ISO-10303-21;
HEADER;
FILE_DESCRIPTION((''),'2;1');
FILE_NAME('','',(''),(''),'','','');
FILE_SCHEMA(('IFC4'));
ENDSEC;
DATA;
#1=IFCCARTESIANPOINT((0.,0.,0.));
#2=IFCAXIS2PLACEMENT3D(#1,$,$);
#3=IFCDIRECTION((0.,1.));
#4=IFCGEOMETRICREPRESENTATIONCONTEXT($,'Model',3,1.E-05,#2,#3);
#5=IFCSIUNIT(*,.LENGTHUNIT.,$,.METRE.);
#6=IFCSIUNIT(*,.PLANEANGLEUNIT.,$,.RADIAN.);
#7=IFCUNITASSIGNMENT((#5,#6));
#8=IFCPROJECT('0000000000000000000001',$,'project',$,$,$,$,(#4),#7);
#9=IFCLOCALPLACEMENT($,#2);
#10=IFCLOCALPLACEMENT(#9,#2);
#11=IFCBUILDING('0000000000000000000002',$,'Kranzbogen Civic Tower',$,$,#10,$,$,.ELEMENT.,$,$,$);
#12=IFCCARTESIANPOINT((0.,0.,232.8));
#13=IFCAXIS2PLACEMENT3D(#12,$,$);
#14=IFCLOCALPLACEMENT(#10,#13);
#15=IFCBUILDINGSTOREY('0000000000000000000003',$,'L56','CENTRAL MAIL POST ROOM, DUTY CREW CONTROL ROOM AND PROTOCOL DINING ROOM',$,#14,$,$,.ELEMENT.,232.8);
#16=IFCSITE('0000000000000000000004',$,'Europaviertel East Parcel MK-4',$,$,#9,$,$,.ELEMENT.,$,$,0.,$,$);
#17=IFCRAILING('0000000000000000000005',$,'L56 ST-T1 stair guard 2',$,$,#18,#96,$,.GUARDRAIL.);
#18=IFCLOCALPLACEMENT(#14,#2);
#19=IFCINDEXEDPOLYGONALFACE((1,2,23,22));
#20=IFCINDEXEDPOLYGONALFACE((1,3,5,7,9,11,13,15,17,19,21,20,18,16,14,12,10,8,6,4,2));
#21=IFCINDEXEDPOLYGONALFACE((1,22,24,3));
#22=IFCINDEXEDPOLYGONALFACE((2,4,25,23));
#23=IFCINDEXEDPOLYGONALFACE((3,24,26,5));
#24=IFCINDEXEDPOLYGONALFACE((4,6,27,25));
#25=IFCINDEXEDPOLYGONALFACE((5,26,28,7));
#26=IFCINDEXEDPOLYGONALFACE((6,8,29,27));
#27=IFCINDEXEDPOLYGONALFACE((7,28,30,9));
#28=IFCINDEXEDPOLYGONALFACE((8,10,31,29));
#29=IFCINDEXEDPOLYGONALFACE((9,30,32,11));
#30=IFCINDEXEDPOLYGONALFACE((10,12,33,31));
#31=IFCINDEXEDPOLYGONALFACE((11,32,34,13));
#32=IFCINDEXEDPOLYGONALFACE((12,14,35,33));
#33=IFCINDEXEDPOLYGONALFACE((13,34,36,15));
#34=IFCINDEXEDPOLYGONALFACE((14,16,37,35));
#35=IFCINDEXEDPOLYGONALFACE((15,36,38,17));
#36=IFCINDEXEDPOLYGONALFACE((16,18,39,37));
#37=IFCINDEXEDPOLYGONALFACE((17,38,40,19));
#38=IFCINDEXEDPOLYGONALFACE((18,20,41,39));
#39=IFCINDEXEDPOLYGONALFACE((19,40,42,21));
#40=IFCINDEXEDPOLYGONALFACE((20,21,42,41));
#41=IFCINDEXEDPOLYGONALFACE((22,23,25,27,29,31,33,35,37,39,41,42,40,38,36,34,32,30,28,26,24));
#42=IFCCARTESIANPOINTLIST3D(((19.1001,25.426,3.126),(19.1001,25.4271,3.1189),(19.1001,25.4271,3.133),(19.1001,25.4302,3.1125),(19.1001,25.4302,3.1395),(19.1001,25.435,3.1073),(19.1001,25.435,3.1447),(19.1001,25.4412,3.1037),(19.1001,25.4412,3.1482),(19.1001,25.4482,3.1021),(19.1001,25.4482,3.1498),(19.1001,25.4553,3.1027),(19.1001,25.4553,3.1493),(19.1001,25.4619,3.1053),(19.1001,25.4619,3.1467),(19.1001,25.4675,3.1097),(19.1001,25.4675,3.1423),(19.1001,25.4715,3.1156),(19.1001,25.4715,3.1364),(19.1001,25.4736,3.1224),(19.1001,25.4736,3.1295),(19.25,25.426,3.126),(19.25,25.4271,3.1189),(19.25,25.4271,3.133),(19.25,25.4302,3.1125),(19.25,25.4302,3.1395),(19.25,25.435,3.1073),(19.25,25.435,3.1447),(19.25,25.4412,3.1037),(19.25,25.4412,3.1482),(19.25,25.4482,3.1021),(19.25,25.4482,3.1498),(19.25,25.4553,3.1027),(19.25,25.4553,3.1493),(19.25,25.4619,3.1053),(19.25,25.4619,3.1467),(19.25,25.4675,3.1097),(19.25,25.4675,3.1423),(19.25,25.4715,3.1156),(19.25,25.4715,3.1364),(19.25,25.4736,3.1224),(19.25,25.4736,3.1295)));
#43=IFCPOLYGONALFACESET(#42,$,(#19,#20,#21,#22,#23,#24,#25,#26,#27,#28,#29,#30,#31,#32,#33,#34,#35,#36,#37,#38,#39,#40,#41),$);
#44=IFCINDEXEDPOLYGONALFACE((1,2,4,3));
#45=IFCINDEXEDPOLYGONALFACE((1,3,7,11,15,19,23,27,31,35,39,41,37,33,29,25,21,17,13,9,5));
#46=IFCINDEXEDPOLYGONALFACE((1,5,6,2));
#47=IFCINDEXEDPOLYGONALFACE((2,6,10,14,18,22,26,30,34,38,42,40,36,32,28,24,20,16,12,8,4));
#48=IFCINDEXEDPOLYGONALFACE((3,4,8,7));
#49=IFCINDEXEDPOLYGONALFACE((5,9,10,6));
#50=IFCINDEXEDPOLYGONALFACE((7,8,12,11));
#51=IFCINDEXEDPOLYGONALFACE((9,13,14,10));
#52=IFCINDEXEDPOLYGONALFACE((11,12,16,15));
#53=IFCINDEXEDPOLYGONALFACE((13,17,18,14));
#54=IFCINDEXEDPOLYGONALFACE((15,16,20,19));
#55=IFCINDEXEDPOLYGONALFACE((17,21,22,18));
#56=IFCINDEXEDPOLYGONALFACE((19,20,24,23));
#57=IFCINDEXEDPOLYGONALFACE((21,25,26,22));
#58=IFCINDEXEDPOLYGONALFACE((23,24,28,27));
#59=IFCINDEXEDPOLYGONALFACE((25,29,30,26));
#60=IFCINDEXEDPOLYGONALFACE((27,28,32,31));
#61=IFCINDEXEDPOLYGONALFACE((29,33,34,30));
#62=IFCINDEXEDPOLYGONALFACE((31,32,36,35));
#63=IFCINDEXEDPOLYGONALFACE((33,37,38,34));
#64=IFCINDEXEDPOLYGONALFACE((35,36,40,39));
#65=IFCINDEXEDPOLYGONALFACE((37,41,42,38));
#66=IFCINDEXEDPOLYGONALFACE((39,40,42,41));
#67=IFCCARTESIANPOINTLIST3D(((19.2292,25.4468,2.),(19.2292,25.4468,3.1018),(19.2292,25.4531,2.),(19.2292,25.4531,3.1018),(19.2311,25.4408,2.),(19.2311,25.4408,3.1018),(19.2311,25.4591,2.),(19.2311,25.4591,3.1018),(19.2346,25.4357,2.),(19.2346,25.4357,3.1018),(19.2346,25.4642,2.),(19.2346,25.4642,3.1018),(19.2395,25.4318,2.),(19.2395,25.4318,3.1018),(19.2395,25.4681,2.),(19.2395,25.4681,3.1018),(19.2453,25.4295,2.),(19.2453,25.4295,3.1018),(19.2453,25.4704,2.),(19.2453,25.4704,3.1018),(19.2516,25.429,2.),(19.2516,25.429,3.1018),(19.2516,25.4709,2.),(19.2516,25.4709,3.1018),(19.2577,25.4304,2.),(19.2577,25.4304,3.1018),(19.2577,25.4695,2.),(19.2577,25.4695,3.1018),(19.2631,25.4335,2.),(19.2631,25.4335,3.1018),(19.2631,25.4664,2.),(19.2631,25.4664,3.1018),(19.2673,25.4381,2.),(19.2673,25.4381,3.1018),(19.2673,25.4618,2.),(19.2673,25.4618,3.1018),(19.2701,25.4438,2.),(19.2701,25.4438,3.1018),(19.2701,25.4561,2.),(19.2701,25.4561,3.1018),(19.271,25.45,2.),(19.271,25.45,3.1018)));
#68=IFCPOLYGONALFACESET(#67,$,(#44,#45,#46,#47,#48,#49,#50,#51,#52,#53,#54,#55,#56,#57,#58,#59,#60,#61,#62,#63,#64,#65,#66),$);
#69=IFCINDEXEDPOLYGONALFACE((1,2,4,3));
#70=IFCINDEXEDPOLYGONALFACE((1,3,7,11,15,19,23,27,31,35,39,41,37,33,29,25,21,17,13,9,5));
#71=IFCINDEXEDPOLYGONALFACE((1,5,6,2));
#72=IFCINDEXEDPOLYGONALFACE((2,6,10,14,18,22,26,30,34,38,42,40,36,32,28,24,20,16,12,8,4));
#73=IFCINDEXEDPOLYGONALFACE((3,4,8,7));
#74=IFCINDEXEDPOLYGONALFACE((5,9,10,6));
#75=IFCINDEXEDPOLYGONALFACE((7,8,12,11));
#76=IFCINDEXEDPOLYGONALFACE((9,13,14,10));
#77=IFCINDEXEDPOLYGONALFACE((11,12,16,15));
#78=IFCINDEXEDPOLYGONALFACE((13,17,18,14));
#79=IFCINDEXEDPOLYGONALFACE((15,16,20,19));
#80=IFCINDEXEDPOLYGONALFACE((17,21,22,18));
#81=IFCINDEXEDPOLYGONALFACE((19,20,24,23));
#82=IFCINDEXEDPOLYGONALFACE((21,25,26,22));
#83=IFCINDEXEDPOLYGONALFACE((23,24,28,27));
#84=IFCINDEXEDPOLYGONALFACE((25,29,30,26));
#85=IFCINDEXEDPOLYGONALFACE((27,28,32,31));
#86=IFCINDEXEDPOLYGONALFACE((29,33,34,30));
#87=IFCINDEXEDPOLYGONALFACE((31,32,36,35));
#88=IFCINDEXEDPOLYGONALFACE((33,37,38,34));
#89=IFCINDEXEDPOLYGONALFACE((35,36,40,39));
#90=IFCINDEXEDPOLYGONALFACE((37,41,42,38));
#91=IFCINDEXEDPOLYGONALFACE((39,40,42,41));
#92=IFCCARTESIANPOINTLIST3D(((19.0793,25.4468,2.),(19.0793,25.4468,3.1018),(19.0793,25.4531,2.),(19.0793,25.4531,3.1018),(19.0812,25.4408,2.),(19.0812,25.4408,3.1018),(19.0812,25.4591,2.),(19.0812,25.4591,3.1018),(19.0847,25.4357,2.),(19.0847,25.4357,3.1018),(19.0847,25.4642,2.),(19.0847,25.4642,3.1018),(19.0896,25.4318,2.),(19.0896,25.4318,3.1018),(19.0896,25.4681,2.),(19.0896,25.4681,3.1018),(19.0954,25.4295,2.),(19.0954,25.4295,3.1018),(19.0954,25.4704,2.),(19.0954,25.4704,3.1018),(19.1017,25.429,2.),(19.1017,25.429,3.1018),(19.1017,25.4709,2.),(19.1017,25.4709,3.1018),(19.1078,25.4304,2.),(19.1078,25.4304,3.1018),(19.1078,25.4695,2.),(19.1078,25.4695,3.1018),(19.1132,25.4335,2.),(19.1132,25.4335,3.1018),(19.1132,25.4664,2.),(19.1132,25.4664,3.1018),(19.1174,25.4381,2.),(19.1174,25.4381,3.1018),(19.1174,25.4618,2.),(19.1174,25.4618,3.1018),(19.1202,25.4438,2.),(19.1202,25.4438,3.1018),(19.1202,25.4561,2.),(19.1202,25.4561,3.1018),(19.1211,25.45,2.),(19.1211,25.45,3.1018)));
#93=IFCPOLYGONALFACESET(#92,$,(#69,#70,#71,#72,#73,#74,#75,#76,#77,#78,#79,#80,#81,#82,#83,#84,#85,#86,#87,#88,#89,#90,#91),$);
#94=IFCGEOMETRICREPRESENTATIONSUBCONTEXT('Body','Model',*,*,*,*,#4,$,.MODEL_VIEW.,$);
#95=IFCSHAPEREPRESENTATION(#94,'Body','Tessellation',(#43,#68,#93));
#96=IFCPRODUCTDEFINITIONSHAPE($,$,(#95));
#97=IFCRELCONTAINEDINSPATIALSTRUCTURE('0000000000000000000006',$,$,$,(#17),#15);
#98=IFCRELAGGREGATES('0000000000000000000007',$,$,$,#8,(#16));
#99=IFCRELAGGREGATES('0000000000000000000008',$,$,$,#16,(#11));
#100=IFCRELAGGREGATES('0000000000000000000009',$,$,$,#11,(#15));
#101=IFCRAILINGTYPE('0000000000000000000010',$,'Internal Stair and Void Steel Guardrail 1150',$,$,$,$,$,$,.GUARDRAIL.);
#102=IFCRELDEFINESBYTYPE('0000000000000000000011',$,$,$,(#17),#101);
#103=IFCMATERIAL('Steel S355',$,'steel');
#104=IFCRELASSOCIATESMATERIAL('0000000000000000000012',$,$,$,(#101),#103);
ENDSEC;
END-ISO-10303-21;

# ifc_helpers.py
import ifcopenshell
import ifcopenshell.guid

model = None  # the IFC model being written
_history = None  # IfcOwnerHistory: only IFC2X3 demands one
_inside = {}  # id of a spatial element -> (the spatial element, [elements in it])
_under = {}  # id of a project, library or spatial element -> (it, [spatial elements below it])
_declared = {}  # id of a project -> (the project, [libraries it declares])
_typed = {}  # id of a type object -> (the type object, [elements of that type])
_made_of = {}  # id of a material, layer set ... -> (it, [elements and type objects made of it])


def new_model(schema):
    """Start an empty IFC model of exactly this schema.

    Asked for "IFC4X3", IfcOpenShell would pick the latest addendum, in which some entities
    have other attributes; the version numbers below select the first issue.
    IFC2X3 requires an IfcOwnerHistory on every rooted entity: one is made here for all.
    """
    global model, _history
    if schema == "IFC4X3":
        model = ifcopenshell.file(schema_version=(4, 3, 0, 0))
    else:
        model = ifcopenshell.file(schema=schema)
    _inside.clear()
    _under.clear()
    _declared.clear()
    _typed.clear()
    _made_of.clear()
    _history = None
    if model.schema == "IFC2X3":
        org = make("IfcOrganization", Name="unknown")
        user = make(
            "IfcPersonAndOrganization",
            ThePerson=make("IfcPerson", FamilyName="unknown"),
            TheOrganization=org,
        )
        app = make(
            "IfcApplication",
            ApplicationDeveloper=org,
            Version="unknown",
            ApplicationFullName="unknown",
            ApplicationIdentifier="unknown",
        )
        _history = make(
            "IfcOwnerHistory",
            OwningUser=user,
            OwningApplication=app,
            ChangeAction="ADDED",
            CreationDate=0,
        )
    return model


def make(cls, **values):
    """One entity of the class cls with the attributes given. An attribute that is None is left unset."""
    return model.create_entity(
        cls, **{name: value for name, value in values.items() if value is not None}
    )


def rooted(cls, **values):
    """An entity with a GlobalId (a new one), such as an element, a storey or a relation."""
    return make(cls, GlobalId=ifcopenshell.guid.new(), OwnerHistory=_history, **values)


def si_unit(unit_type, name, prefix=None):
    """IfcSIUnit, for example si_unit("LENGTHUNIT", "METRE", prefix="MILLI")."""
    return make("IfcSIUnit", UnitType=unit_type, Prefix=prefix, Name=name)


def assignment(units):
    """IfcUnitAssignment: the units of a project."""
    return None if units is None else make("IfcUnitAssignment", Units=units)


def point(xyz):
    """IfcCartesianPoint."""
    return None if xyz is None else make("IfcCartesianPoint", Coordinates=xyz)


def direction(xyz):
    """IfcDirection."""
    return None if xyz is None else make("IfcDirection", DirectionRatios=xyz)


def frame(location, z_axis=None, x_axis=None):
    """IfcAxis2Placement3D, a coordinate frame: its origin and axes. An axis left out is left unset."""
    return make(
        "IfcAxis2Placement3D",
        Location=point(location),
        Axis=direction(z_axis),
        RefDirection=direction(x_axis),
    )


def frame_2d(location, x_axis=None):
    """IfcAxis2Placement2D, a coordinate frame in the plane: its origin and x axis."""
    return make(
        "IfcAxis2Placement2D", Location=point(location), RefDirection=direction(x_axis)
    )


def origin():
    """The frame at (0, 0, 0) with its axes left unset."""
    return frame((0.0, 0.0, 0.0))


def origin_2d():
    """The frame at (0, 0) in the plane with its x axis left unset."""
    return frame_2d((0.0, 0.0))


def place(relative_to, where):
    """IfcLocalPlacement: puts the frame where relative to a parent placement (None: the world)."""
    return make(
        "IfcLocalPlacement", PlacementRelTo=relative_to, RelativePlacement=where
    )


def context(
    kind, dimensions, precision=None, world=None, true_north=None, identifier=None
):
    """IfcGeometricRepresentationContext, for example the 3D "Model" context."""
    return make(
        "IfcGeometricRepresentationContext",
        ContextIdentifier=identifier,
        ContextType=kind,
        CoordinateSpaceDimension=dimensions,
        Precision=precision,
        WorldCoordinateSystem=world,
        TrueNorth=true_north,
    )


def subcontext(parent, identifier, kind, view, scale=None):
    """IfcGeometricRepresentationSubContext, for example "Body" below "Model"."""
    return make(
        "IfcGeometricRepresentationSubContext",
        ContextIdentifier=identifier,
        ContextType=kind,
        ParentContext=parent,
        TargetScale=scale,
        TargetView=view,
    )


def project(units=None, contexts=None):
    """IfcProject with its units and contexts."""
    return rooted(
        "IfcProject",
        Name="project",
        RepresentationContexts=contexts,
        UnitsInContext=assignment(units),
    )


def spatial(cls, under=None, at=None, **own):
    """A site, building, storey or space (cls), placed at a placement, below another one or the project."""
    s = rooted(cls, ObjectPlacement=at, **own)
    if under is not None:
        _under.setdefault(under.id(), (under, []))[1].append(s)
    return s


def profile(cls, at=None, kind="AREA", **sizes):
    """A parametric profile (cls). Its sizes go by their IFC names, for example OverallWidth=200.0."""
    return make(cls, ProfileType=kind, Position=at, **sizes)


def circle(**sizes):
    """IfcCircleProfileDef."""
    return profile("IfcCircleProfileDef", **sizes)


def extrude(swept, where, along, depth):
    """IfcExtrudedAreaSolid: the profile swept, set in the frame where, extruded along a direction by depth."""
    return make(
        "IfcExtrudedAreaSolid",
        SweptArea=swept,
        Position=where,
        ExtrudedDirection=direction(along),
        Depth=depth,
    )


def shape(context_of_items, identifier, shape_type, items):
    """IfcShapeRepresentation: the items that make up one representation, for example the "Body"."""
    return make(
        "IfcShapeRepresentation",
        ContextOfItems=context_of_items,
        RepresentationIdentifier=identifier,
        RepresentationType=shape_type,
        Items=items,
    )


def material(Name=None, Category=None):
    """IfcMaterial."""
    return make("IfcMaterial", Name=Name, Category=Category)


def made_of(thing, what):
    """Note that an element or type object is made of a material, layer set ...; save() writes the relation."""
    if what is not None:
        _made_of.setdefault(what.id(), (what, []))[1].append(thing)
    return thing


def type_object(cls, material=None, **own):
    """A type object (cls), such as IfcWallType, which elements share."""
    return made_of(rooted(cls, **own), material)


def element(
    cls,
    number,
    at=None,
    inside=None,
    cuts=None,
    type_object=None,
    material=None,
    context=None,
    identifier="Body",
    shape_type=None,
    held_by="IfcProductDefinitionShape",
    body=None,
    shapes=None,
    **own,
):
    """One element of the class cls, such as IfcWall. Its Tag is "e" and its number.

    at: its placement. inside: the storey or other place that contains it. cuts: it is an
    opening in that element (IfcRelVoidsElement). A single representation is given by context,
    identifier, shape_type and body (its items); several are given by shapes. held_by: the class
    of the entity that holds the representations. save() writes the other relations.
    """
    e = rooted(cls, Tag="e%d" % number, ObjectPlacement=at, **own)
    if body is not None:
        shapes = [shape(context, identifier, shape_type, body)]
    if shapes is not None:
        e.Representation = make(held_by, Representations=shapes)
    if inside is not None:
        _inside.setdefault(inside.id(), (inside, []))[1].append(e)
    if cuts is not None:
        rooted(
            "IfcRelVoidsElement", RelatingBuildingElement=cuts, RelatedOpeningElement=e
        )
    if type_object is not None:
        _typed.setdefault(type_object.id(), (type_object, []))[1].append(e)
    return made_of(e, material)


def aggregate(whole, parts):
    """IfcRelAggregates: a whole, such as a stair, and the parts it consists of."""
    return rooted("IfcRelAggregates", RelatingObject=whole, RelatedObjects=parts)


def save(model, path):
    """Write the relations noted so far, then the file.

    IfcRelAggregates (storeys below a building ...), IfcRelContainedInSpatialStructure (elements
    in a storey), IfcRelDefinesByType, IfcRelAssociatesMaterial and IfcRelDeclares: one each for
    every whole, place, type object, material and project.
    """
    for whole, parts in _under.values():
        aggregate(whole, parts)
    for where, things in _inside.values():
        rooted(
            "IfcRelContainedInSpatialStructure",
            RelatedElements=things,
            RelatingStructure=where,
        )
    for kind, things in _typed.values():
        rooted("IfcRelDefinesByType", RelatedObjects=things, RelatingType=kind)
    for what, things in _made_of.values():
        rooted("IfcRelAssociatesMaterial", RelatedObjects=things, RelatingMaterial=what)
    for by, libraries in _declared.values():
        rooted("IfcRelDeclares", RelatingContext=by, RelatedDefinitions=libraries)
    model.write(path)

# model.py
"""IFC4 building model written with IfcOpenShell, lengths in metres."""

from ifc_helpers import new_model, si_unit, direction, frame, origin, origin_2d, place, context, subcontext, project, spatial, circle, extrude, material, type_object, element, save


model = new_model("IFC4")

# Units and contexts
model_context = context("Model", 3, precision=1e-05, world=origin(), true_north=direction((0.0, 1.0)))
body_context = subcontext(model_context, "Body", "Model", "MODEL_VIEW")
ifc_project = project(units=[si_unit("LENGTHUNIT", "METRE"), si_unit("PLANEANGLEUNIT", "RADIAN")], contexts=[model_context])

# Site, building, storey
site_placement = place(None, origin())
site = spatial("IfcSite", under=ifc_project, at=site_placement, Name="Europaviertel East Parcel MK-4", CompositionType="ELEMENT", RefElevation=0.0)
building_placement = place(site_placement, origin())
building = spatial("IfcBuilding", under=site, at=building_placement, Name="Kranzbogen Civic Tower", CompositionType="ELEMENT")
storey_placement = place(building_placement, frame((0.0, 0.0, 232.8)))
storey = spatial("IfcBuildingStorey", under=building, at=storey_placement, Name="L56", Description="CENTRAL MAIL POST ROOM, DUTY CREW CONTROL ROOM AND PROTOCOL DINING ROOM", CompositionType="ELEMENT", Elevation=232.8)

# Shared definitions
ifc_material_1 = material(Name="Steel S355", Category="steel")

# Railing
railing_type_1 = type_object("IfcRailingType", Name="Internal Stair and Void Steel Guardrail 1150", PredefinedType="GUARDRAIL", material=ifc_material_1)
railing_1_placement = place(storey_placement, frame((19.25, 25.45, 2.0)))
element("IfcRailing", 1, at=railing_1_placement, inside=storey, type_object=railing_type_1, Name="L56 ST-T1 stair guard 2", PredefinedType="GUARDRAIL", context=body_context, shape_type="SweptSolid", body=[
    extrude(circle(Radius=0.0239, at=origin_2d()), frame((0.0, 0.0, 1.126), z_axis=(-1.0, 0.0, 0.0), x_axis=(0.0, -1.0, 0.0)), (0.0, 0.0, 1.0), 0.1499),
    extrude(circle(Radius=0.021, at=origin_2d()), origin(), (0.0, 0.0, 1.0), 1.1018),
    extrude(circle(Radius=0.021, at=origin_2d()), frame((-0.1499, 0.0, 0.0)), (0.0, 0.0, 1.0), 1.1018),
])

save(model, "model.ifc")
